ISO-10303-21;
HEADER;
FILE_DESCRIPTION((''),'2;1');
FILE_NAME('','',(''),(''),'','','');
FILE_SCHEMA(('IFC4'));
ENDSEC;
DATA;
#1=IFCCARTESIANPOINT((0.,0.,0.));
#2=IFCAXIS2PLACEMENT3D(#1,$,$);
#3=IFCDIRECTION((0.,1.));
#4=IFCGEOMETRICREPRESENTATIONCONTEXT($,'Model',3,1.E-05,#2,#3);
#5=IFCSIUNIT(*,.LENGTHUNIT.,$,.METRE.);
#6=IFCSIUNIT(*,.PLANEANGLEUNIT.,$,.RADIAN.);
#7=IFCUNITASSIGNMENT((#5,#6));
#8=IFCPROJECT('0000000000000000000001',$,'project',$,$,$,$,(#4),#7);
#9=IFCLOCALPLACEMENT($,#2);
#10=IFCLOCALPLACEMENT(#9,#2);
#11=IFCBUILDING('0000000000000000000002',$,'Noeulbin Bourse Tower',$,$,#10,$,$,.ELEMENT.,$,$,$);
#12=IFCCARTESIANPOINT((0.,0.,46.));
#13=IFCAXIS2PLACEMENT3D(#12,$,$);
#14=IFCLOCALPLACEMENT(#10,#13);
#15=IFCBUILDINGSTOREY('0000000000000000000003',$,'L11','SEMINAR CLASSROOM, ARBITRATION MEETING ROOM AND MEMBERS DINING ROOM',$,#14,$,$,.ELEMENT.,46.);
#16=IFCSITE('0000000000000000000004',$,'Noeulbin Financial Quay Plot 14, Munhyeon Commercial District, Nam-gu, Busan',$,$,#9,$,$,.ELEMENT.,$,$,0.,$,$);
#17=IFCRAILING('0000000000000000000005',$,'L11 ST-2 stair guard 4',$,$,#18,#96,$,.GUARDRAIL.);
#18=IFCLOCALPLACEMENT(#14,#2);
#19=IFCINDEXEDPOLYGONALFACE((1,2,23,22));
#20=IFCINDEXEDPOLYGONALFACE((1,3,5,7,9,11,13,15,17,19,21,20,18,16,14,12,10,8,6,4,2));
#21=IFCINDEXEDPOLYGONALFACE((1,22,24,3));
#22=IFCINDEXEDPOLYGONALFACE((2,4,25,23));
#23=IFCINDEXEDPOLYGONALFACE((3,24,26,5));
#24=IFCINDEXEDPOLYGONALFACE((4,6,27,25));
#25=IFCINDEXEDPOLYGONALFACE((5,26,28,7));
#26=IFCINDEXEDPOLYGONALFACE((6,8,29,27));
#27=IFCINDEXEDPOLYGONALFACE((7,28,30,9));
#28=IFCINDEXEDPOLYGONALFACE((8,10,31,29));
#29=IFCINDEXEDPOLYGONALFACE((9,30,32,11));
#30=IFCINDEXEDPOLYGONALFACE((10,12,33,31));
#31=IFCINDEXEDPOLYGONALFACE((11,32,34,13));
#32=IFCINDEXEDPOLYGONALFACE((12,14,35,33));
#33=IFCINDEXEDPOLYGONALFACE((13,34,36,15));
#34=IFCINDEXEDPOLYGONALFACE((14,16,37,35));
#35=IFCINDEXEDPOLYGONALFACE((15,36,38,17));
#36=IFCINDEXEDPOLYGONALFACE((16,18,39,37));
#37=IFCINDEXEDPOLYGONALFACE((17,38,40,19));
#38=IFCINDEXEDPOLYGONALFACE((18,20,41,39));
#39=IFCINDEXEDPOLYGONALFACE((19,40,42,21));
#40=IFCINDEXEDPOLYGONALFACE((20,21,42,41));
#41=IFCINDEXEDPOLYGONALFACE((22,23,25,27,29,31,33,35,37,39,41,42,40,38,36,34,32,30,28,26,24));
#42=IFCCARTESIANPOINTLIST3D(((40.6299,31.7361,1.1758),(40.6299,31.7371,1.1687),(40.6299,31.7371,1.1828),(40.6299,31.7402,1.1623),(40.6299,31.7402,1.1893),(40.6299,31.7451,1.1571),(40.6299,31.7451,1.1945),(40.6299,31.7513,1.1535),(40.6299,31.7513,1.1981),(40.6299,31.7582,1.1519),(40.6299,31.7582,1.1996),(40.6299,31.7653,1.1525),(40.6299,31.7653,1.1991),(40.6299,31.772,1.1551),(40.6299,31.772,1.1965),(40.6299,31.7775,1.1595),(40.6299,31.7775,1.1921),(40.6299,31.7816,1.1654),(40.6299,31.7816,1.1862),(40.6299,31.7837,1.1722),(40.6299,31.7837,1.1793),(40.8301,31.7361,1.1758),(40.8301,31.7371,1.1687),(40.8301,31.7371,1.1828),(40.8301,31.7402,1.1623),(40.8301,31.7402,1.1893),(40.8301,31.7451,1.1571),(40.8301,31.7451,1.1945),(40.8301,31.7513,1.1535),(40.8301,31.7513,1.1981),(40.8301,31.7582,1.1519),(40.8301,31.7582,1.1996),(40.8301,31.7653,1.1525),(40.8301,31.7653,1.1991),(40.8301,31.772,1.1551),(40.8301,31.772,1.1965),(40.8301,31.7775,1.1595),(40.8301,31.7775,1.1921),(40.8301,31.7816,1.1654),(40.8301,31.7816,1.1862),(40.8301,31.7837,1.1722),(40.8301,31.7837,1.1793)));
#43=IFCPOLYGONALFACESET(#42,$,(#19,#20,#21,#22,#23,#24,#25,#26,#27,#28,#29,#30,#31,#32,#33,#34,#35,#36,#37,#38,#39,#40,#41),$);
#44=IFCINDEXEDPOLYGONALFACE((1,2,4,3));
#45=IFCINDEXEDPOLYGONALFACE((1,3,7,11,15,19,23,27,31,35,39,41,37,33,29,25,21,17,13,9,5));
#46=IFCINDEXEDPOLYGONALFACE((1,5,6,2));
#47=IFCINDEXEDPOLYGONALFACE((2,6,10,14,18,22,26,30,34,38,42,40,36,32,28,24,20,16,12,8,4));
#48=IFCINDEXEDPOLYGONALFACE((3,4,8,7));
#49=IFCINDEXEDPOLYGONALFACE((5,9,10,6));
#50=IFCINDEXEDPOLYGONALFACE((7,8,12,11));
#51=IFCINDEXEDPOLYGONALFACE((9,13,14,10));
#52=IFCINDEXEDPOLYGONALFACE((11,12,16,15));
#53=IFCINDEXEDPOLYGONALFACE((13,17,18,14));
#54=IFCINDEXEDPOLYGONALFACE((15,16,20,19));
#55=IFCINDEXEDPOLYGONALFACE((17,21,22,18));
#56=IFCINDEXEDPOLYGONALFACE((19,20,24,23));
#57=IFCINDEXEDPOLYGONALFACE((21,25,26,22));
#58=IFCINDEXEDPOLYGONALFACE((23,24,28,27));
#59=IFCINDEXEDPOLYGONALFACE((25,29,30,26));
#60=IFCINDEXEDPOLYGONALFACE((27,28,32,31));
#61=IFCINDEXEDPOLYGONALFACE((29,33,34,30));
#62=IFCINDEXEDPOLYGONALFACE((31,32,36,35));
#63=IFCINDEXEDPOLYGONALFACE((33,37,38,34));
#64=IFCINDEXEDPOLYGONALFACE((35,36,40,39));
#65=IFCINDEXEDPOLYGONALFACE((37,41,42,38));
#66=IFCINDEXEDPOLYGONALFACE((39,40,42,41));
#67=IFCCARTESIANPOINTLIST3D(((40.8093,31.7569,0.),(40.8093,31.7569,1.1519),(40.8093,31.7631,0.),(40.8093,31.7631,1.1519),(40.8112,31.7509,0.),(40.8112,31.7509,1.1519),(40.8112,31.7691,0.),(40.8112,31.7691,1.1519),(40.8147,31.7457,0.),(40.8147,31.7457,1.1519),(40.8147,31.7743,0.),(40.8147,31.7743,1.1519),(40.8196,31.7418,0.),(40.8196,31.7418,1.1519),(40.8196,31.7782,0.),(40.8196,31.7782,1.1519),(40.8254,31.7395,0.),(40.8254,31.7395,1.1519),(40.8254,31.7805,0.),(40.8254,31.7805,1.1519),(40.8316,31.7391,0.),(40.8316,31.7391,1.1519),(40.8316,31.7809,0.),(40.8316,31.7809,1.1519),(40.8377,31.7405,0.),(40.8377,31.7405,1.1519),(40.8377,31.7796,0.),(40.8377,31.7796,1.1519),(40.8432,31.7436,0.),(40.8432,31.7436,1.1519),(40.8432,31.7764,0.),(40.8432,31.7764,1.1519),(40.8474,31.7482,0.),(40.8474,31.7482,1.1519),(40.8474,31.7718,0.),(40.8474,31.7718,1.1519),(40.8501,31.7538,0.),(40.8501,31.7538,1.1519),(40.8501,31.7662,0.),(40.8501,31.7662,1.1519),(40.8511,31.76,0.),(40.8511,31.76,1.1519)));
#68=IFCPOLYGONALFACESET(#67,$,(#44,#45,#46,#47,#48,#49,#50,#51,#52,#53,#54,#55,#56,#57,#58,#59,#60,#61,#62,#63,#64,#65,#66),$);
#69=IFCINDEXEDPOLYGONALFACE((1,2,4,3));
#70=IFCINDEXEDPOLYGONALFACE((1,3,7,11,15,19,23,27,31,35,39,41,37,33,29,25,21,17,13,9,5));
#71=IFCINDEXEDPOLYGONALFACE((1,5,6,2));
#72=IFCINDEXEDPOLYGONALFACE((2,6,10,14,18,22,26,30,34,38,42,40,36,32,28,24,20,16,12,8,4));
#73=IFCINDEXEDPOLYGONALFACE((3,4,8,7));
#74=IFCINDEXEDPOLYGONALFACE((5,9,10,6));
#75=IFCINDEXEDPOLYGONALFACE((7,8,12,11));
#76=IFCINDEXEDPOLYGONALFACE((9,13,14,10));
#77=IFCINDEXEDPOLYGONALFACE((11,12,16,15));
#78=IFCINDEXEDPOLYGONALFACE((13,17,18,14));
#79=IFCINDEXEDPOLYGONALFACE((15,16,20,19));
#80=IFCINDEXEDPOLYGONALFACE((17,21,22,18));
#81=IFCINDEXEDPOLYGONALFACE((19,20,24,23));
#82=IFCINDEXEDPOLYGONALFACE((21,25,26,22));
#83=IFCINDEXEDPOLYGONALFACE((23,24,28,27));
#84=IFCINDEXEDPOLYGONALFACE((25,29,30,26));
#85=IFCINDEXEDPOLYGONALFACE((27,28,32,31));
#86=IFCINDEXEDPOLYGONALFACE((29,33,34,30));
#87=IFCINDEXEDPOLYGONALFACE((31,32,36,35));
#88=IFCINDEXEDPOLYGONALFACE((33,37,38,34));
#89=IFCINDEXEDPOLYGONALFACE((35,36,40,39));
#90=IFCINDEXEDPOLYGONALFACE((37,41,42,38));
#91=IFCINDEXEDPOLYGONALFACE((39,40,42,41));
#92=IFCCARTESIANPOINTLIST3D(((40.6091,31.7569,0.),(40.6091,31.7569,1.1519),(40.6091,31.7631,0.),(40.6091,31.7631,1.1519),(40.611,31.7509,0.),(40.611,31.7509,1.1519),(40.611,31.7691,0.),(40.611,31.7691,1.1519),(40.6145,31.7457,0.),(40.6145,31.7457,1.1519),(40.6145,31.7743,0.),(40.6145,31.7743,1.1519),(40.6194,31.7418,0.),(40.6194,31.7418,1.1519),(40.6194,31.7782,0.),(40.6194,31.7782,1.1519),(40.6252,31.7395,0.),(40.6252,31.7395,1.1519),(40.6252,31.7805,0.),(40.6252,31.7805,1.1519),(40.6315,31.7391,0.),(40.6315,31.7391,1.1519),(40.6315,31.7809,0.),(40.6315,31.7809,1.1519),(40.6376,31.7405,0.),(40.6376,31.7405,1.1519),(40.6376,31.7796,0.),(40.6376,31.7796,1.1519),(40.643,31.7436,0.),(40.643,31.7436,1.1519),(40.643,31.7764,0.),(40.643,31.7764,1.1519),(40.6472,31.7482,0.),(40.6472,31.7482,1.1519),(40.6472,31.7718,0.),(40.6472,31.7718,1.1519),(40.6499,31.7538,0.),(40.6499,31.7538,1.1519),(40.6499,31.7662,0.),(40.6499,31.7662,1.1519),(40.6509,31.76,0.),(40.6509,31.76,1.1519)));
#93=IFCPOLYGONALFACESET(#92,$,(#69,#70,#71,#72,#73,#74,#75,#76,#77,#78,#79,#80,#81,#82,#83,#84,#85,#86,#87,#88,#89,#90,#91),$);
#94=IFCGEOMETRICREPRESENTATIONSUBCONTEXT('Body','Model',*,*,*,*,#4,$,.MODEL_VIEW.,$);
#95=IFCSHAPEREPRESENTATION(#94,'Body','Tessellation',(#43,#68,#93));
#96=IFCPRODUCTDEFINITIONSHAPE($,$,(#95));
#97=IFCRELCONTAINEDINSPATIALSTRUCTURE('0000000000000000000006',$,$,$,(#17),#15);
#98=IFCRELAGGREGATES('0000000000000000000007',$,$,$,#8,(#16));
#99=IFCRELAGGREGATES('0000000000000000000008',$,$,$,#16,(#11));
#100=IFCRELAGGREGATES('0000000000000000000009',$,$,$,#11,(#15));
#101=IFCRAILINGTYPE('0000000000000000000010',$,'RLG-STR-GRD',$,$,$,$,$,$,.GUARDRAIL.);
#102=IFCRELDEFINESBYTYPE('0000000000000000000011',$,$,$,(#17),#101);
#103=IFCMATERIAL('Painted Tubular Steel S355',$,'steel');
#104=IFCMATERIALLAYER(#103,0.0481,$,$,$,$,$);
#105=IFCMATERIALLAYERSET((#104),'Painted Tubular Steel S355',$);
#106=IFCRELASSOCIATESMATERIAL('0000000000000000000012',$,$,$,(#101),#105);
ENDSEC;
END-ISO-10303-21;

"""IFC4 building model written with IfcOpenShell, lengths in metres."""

from ifc_helpers import new_model, si_unit, direction, frame, origin, origin_2d, place, context, subcontext, project, spatial, circle, extrude, material, layer, layer_set, type_object, element, save


model = new_model("IFC4")

# Units and contexts
model_context = context("Model", 3, precision=1e-05, world=origin(), true_north=direction((0.0, 1.0)))
body_context = subcontext(model_context, "Body", "Model", "MODEL_VIEW")
ifc_project = project(units=[si_unit("LENGTHUNIT", "METRE"), si_unit("PLANEANGLEUNIT", "RADIAN")], contexts=[model_context])

# Site, building, storey
site_placement = place(None, origin())
site = spatial("IfcSite", under=ifc_project, at=site_placement, Name="Noeulbin Financial Quay Plot 14, Munhyeon Commercial District, Nam-gu, Busan", CompositionType="ELEMENT", RefElevation=0.0)
building_placement = place(site_placement, origin())
building = spatial("IfcBuilding", under=site, at=building_placement, Name="Noeulbin Bourse Tower", CompositionType="ELEMENT")
storey_placement = place(building_placement, frame((0.0, 0.0, 46.0)))
storey = spatial("IfcBuildingStorey", under=building, at=storey_placement, Name="L11", Description="SEMINAR CLASSROOM, ARBITRATION MEETING ROOM AND MEMBERS DINING ROOM", CompositionType="ELEMENT", Elevation=46.0)

# Railing
ifc_material_1 = material(Name="Painted Tubular Steel S355", Category="steel")
ifc_layer_1 = layer(ifc_material_1, 0.0481)
ifc_layer_set_1 = layer_set([ifc_layer_1], Name="Painted Tubular Steel S355")
railing_type_1 = type_object("IfcRailingType", Name="RLG-STR-GRD", PredefinedType="GUARDRAIL", material=ifc_layer_set_1)
railing_1_placement = place(storey_placement, frame((40.8301, 31.76, 0.0)))
element("IfcRailing", 1, at=railing_1_placement, inside=storey, type_object=railing_type_1, Name="L11 ST-2 stair guard 4", PredefinedType="GUARDRAIL", context=body_context, shape_type="SweptSolid", body=[
    extrude(circle(Radius=0.0239, at=origin_2d()), frame((0.0, 0.0, 1.1758), z_axis=(-1.0, 0.0, 0.0), x_axis=(0.0, -1.0, 0.0)), (0.0, 0.0, 1.0), 0.2002),
    extrude(circle(Radius=0.021, at=origin_2d()), origin(), (0.0, 0.0, 1.0), 1.1519),
    extrude(circle(Radius=0.021, at=origin_2d()), frame((-0.2002, 0.0, 0.0)), (0.0, 0.0, 1.0), 1.1519),
])

save(model, "model.ifc")
